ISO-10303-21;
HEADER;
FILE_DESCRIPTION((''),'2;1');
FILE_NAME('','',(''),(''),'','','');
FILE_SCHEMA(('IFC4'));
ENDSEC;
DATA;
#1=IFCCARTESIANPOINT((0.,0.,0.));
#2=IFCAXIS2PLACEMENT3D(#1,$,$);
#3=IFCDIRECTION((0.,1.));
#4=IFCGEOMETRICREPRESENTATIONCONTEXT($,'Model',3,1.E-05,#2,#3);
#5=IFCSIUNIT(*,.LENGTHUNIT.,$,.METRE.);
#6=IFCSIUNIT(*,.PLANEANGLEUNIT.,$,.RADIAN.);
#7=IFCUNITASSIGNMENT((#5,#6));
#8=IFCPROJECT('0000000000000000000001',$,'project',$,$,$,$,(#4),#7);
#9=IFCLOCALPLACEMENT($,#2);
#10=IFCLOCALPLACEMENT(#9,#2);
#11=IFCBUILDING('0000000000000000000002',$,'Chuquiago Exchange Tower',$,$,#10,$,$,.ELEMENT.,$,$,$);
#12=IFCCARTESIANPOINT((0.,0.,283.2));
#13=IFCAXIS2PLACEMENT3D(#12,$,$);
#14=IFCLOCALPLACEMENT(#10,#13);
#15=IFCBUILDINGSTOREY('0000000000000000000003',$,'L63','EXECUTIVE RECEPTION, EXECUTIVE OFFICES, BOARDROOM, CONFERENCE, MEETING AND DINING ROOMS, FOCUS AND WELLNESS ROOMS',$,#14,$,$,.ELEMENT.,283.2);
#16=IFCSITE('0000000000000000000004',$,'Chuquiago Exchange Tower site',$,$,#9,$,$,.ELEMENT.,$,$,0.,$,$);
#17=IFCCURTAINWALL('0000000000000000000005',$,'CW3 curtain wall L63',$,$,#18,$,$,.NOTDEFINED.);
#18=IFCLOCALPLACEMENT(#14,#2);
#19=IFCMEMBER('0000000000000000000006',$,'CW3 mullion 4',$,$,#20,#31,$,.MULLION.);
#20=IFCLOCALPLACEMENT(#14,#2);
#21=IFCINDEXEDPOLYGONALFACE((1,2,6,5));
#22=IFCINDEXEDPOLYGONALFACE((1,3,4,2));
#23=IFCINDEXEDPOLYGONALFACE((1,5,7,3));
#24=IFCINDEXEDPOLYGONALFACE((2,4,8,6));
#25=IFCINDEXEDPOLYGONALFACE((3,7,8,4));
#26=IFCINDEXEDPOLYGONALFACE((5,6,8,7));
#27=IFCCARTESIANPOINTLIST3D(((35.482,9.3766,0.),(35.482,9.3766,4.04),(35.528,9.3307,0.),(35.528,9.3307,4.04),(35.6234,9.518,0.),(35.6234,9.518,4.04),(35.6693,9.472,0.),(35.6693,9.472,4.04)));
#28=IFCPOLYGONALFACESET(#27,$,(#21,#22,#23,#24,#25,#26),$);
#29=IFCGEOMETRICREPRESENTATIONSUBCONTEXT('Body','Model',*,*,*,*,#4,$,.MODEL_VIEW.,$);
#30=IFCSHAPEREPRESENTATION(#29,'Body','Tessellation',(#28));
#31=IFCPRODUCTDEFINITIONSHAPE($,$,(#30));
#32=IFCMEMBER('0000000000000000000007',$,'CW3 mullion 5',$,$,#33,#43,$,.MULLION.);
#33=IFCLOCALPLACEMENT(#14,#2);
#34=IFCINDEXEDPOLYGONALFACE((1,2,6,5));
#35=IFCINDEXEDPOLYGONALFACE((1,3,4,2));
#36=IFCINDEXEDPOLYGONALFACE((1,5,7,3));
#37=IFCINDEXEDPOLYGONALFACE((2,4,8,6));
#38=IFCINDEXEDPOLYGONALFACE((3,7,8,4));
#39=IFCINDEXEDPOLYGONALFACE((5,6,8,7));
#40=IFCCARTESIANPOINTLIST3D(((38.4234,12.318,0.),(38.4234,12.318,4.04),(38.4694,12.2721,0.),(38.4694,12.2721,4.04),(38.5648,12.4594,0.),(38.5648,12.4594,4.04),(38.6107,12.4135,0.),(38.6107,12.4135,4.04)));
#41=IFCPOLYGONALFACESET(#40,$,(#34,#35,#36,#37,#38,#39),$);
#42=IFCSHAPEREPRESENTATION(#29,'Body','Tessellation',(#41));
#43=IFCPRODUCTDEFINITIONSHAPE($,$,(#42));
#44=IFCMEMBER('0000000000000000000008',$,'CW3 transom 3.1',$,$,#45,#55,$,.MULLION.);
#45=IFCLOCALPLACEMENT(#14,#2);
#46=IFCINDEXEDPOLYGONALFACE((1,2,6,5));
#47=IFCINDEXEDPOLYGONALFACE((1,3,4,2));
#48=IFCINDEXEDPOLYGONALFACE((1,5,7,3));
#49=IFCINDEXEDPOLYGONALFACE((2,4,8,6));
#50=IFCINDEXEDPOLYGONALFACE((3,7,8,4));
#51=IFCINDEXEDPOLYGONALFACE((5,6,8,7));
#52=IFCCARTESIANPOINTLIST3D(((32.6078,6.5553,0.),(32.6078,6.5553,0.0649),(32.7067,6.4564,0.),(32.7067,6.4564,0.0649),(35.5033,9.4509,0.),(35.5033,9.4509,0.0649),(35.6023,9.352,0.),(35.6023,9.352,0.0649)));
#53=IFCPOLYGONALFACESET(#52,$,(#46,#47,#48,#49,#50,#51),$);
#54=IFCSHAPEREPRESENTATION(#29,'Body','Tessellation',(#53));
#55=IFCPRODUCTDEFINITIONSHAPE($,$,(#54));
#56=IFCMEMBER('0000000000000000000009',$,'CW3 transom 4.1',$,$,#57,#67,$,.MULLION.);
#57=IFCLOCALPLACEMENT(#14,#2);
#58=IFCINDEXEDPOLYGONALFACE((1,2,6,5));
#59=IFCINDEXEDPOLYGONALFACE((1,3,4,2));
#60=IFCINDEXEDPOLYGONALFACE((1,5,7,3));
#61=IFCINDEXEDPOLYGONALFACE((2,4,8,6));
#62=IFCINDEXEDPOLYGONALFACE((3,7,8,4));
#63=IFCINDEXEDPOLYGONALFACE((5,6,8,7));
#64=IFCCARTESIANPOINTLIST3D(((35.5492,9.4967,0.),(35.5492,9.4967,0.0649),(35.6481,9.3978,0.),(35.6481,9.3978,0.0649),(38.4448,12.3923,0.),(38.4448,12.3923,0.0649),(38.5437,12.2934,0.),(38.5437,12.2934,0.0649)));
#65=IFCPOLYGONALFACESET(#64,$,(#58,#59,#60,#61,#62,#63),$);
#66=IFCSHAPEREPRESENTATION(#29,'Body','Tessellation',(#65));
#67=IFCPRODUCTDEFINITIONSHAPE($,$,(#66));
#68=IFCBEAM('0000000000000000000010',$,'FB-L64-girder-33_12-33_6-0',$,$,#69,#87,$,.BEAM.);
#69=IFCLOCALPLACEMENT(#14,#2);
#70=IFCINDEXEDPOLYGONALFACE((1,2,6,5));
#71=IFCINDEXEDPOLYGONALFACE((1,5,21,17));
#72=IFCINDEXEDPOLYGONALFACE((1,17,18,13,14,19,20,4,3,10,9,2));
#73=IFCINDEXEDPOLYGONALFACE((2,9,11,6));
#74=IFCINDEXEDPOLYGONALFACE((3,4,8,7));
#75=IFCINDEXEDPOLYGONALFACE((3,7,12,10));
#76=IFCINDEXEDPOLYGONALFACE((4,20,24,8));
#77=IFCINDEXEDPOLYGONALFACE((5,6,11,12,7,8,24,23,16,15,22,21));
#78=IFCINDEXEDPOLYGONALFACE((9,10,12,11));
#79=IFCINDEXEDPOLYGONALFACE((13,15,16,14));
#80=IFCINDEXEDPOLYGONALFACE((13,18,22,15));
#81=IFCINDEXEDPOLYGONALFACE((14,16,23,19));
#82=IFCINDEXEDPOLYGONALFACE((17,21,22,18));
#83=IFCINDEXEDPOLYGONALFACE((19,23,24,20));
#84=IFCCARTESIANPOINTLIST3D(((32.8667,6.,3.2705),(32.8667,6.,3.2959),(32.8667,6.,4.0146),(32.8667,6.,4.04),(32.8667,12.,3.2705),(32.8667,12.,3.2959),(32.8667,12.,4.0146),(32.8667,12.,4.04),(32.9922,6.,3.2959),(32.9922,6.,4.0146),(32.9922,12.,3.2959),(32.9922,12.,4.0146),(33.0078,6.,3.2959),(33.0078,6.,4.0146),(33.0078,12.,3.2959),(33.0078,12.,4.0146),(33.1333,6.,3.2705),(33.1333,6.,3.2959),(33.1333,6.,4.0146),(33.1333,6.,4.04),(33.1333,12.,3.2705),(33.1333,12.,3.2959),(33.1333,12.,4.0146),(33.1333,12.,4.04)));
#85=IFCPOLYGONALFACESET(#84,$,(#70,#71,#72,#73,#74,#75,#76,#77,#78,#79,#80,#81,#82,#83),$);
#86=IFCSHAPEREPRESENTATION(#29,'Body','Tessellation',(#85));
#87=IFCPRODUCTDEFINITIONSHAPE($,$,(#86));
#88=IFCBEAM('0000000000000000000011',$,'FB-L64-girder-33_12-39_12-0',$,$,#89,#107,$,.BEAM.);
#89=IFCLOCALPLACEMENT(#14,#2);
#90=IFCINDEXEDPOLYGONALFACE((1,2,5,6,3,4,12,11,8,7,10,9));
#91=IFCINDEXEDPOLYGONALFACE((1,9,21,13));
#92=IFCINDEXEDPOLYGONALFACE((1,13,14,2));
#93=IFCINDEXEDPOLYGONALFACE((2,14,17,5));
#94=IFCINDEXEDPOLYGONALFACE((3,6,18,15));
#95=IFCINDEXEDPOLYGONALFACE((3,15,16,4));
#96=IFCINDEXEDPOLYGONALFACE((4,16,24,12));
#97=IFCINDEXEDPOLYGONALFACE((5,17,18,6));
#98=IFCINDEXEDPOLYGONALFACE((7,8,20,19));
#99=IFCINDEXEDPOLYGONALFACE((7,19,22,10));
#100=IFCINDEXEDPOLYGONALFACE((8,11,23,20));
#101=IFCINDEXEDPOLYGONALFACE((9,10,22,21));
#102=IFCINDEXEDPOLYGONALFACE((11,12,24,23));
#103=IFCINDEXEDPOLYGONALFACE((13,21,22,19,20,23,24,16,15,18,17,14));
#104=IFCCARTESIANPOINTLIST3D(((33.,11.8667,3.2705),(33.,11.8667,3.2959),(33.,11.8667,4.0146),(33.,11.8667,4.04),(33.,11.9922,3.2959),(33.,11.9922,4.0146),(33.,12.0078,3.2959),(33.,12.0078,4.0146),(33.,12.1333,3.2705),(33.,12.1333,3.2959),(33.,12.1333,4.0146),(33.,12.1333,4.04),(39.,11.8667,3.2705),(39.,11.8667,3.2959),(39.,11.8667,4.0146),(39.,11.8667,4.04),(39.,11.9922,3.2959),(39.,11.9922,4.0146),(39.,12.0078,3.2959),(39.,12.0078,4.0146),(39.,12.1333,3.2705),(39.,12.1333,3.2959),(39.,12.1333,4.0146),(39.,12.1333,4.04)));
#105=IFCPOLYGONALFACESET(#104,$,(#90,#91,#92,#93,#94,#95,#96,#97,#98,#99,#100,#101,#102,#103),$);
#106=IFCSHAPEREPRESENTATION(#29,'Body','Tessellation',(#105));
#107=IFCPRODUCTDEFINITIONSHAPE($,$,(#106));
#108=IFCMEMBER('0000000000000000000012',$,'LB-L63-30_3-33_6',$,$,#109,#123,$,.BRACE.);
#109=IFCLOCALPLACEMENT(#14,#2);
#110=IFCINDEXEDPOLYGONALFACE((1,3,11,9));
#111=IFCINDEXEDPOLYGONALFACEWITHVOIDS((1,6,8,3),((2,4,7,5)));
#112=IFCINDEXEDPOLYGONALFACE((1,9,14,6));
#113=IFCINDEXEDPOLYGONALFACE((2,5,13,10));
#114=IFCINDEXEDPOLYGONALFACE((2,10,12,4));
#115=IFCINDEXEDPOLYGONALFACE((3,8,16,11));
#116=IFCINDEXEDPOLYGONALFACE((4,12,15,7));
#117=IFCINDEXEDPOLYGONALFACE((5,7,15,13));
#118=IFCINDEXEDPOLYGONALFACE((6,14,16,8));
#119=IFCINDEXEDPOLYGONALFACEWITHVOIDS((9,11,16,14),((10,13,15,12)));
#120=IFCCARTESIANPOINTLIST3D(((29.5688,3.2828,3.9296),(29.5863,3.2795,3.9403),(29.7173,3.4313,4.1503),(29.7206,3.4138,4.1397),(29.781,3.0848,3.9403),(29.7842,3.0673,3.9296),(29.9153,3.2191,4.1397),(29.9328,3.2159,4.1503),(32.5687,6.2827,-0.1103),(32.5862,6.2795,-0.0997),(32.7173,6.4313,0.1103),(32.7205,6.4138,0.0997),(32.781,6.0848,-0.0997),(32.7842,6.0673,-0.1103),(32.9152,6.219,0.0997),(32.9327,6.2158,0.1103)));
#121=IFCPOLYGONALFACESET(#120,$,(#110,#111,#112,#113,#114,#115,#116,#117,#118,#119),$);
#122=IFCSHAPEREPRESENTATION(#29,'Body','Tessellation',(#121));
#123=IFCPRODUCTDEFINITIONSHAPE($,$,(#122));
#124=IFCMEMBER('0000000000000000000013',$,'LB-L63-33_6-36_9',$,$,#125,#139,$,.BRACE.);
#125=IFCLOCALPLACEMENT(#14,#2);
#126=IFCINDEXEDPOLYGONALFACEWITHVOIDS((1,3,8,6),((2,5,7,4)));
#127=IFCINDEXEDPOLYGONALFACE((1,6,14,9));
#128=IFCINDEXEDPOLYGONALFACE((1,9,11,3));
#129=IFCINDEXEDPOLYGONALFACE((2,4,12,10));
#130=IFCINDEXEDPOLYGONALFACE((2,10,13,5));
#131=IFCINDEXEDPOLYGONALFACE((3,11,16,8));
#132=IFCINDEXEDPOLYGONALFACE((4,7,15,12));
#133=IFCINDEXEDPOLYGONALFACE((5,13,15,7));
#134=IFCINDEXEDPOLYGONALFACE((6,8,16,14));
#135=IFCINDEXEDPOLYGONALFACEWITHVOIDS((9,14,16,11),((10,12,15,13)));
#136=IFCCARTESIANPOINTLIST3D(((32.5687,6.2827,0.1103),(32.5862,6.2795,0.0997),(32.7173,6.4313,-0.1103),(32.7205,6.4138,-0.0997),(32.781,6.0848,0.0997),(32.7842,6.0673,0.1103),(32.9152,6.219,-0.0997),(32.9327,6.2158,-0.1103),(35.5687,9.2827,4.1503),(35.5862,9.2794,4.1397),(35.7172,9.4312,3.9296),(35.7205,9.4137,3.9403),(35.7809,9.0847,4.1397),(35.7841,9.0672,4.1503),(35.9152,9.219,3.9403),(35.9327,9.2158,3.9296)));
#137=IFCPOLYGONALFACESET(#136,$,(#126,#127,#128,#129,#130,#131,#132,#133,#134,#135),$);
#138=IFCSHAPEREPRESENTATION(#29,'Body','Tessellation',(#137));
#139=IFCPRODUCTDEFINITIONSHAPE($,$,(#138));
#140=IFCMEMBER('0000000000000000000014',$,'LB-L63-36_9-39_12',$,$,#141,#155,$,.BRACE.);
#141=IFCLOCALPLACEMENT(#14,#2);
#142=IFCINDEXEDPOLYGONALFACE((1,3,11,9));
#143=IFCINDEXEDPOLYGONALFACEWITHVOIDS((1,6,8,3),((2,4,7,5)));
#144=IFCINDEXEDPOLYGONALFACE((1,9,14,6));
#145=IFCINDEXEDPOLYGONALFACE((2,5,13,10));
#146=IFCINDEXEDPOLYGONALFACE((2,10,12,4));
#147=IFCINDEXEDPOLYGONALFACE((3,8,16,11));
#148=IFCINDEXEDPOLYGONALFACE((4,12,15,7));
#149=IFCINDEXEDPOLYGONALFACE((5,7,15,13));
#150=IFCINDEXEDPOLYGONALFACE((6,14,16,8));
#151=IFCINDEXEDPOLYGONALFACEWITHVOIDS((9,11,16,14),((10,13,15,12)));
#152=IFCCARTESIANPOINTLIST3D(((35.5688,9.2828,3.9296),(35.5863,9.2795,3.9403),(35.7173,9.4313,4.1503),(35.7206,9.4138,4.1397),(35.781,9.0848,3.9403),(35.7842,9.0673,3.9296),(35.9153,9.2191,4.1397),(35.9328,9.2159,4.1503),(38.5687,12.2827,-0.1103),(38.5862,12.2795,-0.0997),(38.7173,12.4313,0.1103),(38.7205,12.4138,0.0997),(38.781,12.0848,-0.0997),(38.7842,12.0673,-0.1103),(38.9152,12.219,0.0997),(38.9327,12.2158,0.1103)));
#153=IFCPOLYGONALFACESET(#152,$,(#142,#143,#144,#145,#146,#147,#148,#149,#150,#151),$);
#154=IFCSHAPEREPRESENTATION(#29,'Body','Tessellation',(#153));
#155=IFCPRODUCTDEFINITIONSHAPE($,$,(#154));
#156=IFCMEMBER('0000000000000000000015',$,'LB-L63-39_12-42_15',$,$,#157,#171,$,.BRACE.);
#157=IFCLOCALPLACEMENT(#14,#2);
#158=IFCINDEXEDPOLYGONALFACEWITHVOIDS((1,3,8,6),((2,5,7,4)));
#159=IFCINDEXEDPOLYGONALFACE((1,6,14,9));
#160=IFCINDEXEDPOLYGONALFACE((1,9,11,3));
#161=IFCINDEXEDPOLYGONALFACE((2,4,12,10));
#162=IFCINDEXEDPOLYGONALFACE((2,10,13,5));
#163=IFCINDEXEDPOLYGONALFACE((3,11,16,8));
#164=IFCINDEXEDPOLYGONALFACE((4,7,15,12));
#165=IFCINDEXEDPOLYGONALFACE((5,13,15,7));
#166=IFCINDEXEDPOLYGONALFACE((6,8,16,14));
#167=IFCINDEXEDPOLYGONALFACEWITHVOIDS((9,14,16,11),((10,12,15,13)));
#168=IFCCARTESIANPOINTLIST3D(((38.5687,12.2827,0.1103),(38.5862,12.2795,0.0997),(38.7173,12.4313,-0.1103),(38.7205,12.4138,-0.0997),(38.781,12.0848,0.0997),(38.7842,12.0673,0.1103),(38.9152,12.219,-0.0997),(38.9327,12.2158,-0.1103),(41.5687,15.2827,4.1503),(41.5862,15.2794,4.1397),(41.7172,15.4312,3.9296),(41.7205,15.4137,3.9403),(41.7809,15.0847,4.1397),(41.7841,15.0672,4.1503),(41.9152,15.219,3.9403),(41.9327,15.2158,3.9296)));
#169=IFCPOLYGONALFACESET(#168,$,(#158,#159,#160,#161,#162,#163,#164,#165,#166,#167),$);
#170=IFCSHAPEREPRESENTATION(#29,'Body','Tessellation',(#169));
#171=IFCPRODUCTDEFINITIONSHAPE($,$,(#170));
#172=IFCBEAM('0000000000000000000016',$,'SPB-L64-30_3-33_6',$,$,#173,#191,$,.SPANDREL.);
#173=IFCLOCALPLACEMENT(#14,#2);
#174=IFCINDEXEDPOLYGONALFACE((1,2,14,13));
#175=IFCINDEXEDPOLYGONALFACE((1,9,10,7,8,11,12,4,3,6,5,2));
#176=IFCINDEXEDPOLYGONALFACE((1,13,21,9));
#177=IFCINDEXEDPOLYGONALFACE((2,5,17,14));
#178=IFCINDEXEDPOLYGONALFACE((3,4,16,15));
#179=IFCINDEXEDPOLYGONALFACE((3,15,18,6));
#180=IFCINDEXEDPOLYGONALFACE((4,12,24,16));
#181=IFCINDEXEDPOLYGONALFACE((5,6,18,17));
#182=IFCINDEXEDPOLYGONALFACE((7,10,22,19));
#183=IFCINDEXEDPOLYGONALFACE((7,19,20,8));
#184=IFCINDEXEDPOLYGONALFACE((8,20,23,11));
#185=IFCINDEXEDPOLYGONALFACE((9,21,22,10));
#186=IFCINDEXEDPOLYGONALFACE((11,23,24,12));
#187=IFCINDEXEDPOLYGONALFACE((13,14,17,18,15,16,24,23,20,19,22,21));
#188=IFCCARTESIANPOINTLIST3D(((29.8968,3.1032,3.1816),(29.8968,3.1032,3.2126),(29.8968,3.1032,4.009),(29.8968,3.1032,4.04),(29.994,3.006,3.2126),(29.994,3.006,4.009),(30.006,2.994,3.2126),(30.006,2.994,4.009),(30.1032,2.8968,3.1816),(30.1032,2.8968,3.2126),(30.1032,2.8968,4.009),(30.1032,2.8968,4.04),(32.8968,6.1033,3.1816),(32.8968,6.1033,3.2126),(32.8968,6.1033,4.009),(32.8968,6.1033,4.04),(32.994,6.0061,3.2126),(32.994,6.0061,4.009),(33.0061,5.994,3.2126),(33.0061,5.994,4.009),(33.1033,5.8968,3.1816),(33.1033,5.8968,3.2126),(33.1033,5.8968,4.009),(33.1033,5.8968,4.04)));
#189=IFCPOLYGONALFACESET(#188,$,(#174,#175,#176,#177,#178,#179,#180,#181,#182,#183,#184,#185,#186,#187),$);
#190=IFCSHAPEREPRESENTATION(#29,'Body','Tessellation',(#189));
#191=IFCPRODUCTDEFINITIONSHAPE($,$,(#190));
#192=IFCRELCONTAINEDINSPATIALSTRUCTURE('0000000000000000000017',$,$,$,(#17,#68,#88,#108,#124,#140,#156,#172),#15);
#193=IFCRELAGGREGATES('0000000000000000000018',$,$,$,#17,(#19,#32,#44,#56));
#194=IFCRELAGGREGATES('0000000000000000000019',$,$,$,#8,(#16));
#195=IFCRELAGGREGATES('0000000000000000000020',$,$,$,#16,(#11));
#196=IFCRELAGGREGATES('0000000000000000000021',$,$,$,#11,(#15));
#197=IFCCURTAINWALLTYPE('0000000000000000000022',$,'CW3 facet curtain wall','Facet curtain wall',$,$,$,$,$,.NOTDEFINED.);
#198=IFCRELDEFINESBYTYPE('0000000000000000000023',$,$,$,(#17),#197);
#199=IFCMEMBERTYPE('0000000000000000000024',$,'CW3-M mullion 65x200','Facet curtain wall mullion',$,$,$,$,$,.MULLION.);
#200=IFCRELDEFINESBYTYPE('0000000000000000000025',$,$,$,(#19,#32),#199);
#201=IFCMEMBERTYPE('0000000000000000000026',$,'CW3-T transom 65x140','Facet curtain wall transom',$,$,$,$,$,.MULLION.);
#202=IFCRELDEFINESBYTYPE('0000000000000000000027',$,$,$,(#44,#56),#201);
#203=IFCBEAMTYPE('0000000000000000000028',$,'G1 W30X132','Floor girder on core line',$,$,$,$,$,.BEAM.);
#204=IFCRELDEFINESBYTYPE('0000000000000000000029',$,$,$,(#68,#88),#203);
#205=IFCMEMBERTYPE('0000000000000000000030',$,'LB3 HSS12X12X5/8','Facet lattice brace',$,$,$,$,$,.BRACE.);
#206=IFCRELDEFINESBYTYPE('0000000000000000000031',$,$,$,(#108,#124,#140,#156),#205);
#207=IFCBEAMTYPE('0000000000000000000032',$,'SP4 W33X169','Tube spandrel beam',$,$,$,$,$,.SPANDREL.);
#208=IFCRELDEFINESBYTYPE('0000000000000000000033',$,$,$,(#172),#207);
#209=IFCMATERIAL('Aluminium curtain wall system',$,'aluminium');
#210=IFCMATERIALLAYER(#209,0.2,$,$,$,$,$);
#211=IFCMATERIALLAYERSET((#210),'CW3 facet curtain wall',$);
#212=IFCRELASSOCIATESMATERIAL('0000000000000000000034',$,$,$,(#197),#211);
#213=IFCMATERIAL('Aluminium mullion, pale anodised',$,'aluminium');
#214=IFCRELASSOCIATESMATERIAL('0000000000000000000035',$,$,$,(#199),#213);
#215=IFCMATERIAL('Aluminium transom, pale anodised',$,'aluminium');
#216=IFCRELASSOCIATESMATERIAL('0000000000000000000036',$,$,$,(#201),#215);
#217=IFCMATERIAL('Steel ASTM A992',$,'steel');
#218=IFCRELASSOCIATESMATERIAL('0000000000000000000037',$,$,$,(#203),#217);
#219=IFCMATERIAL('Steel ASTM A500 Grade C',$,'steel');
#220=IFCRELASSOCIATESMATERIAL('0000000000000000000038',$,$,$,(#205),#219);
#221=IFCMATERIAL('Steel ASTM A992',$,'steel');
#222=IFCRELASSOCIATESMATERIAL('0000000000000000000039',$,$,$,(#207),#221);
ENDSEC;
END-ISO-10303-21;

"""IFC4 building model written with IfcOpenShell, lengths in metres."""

from ifc_helpers import new_model, si_unit, direction, frame, origin, origin_2d, place, context, subcontext, project, spatial, rectangle, hollow_rectangle, i_section, extrude, material, layer, layer_set, material_profile, profile_set, type_object, element, aggregate, save


model = new_model("IFC4")

# Units and contexts
model_context = context("Model", 3, precision=1e-05, world=origin(), true_north=direction((0.0, 1.0)))
body_context = subcontext(model_context, "Body", "Model", "MODEL_VIEW")
ifc_project = project(units=[si_unit("LENGTHUNIT", "METRE"), si_unit("PLANEANGLEUNIT", "RADIAN")], contexts=[model_context])

# Site, building, storey
site_placement = place(None, origin())
site = spatial("IfcSite", under=ifc_project, at=site_placement, Name="Chuquiago Exchange Tower site", CompositionType="ELEMENT", RefElevation=0.0)
building_placement = place(site_placement, origin())
building = spatial("IfcBuilding", under=site, at=building_placement, Name="Chuquiago Exchange Tower", CompositionType="ELEMENT")
storey_placement = place(building_placement, frame((0.0, 0.0, 283.2)))
storey = spatial("IfcBuildingStorey", under=building, at=storey_placement, Name="L63", Description="EXECUTIVE RECEPTION, EXECUTIVE OFFICES, BOARDROOM, CONFERENCE, MEETING AND DINING ROOMS, FOCUS AND WELLNESS ROOMS", CompositionType="ELEMENT", Elevation=283.2)

# Curtain wall, members
ifc_material_1 = material(Name="Aluminium curtain wall system", Category="aluminium")
ifc_layer_1 = layer(ifc_material_1, 0.2)
ifc_layer_set_1 = layer_set([ifc_layer_1], Name="CW3 facet curtain wall")
curtain_wall_type = type_object("IfcCurtainWallType", Name="CW3 facet curtain wall", Description="Facet curtain wall", PredefinedType="NOTDEFINED", material=ifc_layer_set_1)
curtain_wall_placement = place(storey_placement, origin())
curtain_wall = element("IfcCurtainWall", 1, at=curtain_wall_placement, inside=storey, type_object=curtain_wall_type, Name="CW3 curtain wall L63", PredefinedType="NOTDEFINED")
ifc_material_2 = material(Name="Aluminium mullion, pale anodised", Category="aluminium")
ifc_material_profile_1 = material_profile(ifc_material_2, rectangle(XDim=0.0649, YDim=0.2, at=origin_2d()), Name="AL 65x200")
ifc_profile_set_1 = profile_set([ifc_material_profile_1], Name="Aluminium mullion, pale anodised")
member_type_1 = type_object("IfcMemberType", Name="CW3-M mullion 65x200", Description="Facet curtain wall mullion", PredefinedType="MULLION", material=ifc_profile_set_1)
member_1_placement = place(storey_placement, frame((35.5757, 9.4243, 0.0), z_axis=(0.0, 0.0, 1.0), x_axis=(-0.707107, 0.707107, 0.0)))
member_1 = element("IfcMember", 2, at=member_1_placement, type_object=member_type_1, Name="CW3 mullion 4", PredefinedType="MULLION", context=body_context, shape_type="SweptSolid", body=[
    extrude(rectangle(XDim=0.0649, YDim=0.2, at=origin_2d()), origin(), (0.0, 0.0, 1.0), 4.04),
])
member_2_placement = place(storey_placement, frame((38.5171, 12.3657, 0.0), z_axis=(0.0, 0.0, 1.0), x_axis=(-0.707107, 0.707107, 0.0)))
member_2 = element("IfcMember", 3, at=member_2_placement, type_object=member_type_1, Name="CW3 mullion 5", PredefinedType="MULLION", context=body_context, shape_type="SweptSolid", body=[
    extrude(rectangle(XDim=0.0649, YDim=0.2, at=origin_2d()), origin(), (0.0, 0.0, 1.0), 4.04),
])
ifc_material_3 = material(Name="Aluminium transom, pale anodised", Category="aluminium")
ifc_material_profile_2 = material_profile(ifc_material_3, rectangle(XDim=0.1399, YDim=0.0649, at=origin_2d()), Name="AL 140x65")
ifc_profile_set_2 = profile_set([ifc_material_profile_2], Name="Aluminium transom, pale anodised")
member_type_2 = type_object("IfcMemberType", Name="CW3-T transom 65x140", Description="Facet curtain wall transom", PredefinedType="MULLION", material=ifc_profile_set_2)
member_3_placement = place(storey_placement, frame((32.6572, 6.5059, 0.0325), z_axis=(0.707107, 0.707107, 0.0), x_axis=(-0.707107, 0.707107, 0.0)))
member_3 = element("IfcMember", 4, at=member_3_placement, type_object=member_type_2, Name="CW3 transom 3.1", PredefinedType="MULLION", context=body_context, shape_type="SweptSolid", body=[
    extrude(rectangle(XDim=0.1399, YDim=0.0649, at=origin_2d()), origin(), (0.0, 0.0, 1.0), 4.095),
])
member_4_placement = place(storey_placement, frame((35.5986, 9.4473, 0.0325), z_axis=(0.707107, 0.707107, 0.0), x_axis=(-0.707107, 0.707107, 0.0)))
member_4 = element("IfcMember", 5, at=member_4_placement, type_object=member_type_2, Name="CW3 transom 4.1", PredefinedType="MULLION", context=body_context, shape_type="SweptSolid", body=[
    extrude(rectangle(XDim=0.1399, YDim=0.0649, at=origin_2d()), origin(), (0.0, 0.0, 1.0), 4.095),
])

# Beams
ifc_material_4 = material(Name="Steel ASTM A992", Category="steel")
ifc_material_profile_3 = material_profile(ifc_material_4, i_section(OverallWidth=0.2666, OverallDepth=0.7695, WebThickness=0.0156, FlangeThickness=0.0254, at=origin_2d()), Name="W30X132")
ifc_profile_set_3 = profile_set([ifc_material_profile_3], Name="Steel ASTM A992")
beam_type_1 = type_object("IfcBeamType", Name="G1 W30X132", Description="Floor girder on core line", PredefinedType="BEAM", material=ifc_profile_set_3)
for number, where, z_axis, x_axis, name in (
    (6, (33.0, 12.0, 3.6553), (0.0, -1.0, 0.0), (1.0, 0.0, 0.0), "FB-L64-girder-33_12-33_6-0"),
    (7, (33.0, 12.0, 3.6553), (1.0, 0.0, 0.0), (0.0, 1.0, 0.0), "FB-L64-girder-33_12-39_12-0"),
):
    element("IfcBeam", number, at=place(storey_placement, frame(where, z_axis=z_axis, x_axis=x_axis)), inside=storey, type_object=beam_type_1, Name=name, PredefinedType="BEAM", context=body_context, shape_type="SweptSolid", body=[
        extrude(i_section(OverallWidth=0.2666, OverallDepth=0.7695, WebThickness=0.0156, FlangeThickness=0.0254, at=origin_2d()), origin(), (0.0, 0.0, 1.0), 6.0),
    ])

# Members
ifc_material_5 = material(Name="Steel ASTM A500 Grade C", Category="steel")
ifc_material_profile_4 = material_profile(ifc_material_5, hollow_rectangle(XDim=0.3047, YDim=0.3047, WallThickness=0.0146, at=origin_2d()), Name="HSS12X12X5/8")
ifc_profile_set_4 = profile_set([ifc_material_profile_4], Name="Steel ASTM A500 Grade C")
member_type_3 = type_object("IfcMemberType", Name="LB3 HSS12X12X5/8", Description="Facet lattice brace", PredefinedType="BRACE", material=ifc_profile_set_4)
for number, where, z_axis, x_axis, name in (
    (8, (32.7507, 6.2493, 0.0), (-0.512077, -0.512077, 0.689604), (0.707107, -0.707107, 0.0), "LB-L63-30_3-33_6"),
    (9, (32.7507, 6.2493, 0.0), (0.512077, 0.512077, 0.689604), (-0.707107, 0.707107, 0.0), "LB-L63-33_6-36_9"),
    (10, (38.7507, 12.2493, 0.0), (-0.512077, -0.512077, 0.689604), (0.707107, -0.707107, 0.0), "LB-L63-36_9-39_12"),
    (11, (38.7507, 12.2493, 0.0), (0.512077, 0.512077, 0.689604), (-0.707107, 0.707107, 0.0), "LB-L63-39_12-42_15"),
):
    element("IfcMember", number, at=place(storey_placement, frame(where, z_axis=z_axis, x_axis=x_axis)), inside=storey, type_object=member_type_3, Name=name, PredefinedType="BRACE", context=body_context, shape_type="SweptSolid", body=[
        extrude(hollow_rectangle(XDim=0.3047, YDim=0.3047, WallThickness=0.0146, at=origin_2d()), origin(), (0.0, 0.0, 1.0), 5.8584),
    ])

# Beam
ifc_material_6 = material(Name="Steel ASTM A992", Category="steel")
ifc_material_profile_5 = material_profile(ifc_material_6, i_section(OverallWidth=0.292, OverallDepth=0.8584, WebThickness=0.0171, FlangeThickness=0.031, at=origin_2d()), Name="W33X169")
ifc_profile_set_5 = profile_set([ifc_material_profile_5], Name="Steel ASTM A992")
beam_type_2 = type_object("IfcBeamType", Name="SP4 W33X169", Description="Tube spandrel beam", PredefinedType="SPANDREL", material=ifc_profile_set_5)
for number, where, z_axis, x_axis, name in (
    (12, (30.0, 3.0, 3.6108), (0.707107, 0.707107, 0.0), (-0.707107, 0.707107, 0.0), "SPB-L64-30_3-33_6"),
):
    element("IfcBeam", number, at=place(storey_placement, frame(where, z_axis=z_axis, x_axis=x_axis)), inside=storey, type_object=beam_type_2, Name=name, PredefinedType="SPANDREL", context=body_context, shape_type="SweptSolid", body=[
        extrude(i_section(OverallWidth=0.292, OverallDepth=0.8584, WebThickness=0.0171, FlangeThickness=0.031, at=origin_2d()), origin(), (0.0, 0.0, 1.0), 4.2427),
    ])

aggregate(curtain_wall, [member_1, member_2, member_3, member_4])

save(model, "model.ifc")
